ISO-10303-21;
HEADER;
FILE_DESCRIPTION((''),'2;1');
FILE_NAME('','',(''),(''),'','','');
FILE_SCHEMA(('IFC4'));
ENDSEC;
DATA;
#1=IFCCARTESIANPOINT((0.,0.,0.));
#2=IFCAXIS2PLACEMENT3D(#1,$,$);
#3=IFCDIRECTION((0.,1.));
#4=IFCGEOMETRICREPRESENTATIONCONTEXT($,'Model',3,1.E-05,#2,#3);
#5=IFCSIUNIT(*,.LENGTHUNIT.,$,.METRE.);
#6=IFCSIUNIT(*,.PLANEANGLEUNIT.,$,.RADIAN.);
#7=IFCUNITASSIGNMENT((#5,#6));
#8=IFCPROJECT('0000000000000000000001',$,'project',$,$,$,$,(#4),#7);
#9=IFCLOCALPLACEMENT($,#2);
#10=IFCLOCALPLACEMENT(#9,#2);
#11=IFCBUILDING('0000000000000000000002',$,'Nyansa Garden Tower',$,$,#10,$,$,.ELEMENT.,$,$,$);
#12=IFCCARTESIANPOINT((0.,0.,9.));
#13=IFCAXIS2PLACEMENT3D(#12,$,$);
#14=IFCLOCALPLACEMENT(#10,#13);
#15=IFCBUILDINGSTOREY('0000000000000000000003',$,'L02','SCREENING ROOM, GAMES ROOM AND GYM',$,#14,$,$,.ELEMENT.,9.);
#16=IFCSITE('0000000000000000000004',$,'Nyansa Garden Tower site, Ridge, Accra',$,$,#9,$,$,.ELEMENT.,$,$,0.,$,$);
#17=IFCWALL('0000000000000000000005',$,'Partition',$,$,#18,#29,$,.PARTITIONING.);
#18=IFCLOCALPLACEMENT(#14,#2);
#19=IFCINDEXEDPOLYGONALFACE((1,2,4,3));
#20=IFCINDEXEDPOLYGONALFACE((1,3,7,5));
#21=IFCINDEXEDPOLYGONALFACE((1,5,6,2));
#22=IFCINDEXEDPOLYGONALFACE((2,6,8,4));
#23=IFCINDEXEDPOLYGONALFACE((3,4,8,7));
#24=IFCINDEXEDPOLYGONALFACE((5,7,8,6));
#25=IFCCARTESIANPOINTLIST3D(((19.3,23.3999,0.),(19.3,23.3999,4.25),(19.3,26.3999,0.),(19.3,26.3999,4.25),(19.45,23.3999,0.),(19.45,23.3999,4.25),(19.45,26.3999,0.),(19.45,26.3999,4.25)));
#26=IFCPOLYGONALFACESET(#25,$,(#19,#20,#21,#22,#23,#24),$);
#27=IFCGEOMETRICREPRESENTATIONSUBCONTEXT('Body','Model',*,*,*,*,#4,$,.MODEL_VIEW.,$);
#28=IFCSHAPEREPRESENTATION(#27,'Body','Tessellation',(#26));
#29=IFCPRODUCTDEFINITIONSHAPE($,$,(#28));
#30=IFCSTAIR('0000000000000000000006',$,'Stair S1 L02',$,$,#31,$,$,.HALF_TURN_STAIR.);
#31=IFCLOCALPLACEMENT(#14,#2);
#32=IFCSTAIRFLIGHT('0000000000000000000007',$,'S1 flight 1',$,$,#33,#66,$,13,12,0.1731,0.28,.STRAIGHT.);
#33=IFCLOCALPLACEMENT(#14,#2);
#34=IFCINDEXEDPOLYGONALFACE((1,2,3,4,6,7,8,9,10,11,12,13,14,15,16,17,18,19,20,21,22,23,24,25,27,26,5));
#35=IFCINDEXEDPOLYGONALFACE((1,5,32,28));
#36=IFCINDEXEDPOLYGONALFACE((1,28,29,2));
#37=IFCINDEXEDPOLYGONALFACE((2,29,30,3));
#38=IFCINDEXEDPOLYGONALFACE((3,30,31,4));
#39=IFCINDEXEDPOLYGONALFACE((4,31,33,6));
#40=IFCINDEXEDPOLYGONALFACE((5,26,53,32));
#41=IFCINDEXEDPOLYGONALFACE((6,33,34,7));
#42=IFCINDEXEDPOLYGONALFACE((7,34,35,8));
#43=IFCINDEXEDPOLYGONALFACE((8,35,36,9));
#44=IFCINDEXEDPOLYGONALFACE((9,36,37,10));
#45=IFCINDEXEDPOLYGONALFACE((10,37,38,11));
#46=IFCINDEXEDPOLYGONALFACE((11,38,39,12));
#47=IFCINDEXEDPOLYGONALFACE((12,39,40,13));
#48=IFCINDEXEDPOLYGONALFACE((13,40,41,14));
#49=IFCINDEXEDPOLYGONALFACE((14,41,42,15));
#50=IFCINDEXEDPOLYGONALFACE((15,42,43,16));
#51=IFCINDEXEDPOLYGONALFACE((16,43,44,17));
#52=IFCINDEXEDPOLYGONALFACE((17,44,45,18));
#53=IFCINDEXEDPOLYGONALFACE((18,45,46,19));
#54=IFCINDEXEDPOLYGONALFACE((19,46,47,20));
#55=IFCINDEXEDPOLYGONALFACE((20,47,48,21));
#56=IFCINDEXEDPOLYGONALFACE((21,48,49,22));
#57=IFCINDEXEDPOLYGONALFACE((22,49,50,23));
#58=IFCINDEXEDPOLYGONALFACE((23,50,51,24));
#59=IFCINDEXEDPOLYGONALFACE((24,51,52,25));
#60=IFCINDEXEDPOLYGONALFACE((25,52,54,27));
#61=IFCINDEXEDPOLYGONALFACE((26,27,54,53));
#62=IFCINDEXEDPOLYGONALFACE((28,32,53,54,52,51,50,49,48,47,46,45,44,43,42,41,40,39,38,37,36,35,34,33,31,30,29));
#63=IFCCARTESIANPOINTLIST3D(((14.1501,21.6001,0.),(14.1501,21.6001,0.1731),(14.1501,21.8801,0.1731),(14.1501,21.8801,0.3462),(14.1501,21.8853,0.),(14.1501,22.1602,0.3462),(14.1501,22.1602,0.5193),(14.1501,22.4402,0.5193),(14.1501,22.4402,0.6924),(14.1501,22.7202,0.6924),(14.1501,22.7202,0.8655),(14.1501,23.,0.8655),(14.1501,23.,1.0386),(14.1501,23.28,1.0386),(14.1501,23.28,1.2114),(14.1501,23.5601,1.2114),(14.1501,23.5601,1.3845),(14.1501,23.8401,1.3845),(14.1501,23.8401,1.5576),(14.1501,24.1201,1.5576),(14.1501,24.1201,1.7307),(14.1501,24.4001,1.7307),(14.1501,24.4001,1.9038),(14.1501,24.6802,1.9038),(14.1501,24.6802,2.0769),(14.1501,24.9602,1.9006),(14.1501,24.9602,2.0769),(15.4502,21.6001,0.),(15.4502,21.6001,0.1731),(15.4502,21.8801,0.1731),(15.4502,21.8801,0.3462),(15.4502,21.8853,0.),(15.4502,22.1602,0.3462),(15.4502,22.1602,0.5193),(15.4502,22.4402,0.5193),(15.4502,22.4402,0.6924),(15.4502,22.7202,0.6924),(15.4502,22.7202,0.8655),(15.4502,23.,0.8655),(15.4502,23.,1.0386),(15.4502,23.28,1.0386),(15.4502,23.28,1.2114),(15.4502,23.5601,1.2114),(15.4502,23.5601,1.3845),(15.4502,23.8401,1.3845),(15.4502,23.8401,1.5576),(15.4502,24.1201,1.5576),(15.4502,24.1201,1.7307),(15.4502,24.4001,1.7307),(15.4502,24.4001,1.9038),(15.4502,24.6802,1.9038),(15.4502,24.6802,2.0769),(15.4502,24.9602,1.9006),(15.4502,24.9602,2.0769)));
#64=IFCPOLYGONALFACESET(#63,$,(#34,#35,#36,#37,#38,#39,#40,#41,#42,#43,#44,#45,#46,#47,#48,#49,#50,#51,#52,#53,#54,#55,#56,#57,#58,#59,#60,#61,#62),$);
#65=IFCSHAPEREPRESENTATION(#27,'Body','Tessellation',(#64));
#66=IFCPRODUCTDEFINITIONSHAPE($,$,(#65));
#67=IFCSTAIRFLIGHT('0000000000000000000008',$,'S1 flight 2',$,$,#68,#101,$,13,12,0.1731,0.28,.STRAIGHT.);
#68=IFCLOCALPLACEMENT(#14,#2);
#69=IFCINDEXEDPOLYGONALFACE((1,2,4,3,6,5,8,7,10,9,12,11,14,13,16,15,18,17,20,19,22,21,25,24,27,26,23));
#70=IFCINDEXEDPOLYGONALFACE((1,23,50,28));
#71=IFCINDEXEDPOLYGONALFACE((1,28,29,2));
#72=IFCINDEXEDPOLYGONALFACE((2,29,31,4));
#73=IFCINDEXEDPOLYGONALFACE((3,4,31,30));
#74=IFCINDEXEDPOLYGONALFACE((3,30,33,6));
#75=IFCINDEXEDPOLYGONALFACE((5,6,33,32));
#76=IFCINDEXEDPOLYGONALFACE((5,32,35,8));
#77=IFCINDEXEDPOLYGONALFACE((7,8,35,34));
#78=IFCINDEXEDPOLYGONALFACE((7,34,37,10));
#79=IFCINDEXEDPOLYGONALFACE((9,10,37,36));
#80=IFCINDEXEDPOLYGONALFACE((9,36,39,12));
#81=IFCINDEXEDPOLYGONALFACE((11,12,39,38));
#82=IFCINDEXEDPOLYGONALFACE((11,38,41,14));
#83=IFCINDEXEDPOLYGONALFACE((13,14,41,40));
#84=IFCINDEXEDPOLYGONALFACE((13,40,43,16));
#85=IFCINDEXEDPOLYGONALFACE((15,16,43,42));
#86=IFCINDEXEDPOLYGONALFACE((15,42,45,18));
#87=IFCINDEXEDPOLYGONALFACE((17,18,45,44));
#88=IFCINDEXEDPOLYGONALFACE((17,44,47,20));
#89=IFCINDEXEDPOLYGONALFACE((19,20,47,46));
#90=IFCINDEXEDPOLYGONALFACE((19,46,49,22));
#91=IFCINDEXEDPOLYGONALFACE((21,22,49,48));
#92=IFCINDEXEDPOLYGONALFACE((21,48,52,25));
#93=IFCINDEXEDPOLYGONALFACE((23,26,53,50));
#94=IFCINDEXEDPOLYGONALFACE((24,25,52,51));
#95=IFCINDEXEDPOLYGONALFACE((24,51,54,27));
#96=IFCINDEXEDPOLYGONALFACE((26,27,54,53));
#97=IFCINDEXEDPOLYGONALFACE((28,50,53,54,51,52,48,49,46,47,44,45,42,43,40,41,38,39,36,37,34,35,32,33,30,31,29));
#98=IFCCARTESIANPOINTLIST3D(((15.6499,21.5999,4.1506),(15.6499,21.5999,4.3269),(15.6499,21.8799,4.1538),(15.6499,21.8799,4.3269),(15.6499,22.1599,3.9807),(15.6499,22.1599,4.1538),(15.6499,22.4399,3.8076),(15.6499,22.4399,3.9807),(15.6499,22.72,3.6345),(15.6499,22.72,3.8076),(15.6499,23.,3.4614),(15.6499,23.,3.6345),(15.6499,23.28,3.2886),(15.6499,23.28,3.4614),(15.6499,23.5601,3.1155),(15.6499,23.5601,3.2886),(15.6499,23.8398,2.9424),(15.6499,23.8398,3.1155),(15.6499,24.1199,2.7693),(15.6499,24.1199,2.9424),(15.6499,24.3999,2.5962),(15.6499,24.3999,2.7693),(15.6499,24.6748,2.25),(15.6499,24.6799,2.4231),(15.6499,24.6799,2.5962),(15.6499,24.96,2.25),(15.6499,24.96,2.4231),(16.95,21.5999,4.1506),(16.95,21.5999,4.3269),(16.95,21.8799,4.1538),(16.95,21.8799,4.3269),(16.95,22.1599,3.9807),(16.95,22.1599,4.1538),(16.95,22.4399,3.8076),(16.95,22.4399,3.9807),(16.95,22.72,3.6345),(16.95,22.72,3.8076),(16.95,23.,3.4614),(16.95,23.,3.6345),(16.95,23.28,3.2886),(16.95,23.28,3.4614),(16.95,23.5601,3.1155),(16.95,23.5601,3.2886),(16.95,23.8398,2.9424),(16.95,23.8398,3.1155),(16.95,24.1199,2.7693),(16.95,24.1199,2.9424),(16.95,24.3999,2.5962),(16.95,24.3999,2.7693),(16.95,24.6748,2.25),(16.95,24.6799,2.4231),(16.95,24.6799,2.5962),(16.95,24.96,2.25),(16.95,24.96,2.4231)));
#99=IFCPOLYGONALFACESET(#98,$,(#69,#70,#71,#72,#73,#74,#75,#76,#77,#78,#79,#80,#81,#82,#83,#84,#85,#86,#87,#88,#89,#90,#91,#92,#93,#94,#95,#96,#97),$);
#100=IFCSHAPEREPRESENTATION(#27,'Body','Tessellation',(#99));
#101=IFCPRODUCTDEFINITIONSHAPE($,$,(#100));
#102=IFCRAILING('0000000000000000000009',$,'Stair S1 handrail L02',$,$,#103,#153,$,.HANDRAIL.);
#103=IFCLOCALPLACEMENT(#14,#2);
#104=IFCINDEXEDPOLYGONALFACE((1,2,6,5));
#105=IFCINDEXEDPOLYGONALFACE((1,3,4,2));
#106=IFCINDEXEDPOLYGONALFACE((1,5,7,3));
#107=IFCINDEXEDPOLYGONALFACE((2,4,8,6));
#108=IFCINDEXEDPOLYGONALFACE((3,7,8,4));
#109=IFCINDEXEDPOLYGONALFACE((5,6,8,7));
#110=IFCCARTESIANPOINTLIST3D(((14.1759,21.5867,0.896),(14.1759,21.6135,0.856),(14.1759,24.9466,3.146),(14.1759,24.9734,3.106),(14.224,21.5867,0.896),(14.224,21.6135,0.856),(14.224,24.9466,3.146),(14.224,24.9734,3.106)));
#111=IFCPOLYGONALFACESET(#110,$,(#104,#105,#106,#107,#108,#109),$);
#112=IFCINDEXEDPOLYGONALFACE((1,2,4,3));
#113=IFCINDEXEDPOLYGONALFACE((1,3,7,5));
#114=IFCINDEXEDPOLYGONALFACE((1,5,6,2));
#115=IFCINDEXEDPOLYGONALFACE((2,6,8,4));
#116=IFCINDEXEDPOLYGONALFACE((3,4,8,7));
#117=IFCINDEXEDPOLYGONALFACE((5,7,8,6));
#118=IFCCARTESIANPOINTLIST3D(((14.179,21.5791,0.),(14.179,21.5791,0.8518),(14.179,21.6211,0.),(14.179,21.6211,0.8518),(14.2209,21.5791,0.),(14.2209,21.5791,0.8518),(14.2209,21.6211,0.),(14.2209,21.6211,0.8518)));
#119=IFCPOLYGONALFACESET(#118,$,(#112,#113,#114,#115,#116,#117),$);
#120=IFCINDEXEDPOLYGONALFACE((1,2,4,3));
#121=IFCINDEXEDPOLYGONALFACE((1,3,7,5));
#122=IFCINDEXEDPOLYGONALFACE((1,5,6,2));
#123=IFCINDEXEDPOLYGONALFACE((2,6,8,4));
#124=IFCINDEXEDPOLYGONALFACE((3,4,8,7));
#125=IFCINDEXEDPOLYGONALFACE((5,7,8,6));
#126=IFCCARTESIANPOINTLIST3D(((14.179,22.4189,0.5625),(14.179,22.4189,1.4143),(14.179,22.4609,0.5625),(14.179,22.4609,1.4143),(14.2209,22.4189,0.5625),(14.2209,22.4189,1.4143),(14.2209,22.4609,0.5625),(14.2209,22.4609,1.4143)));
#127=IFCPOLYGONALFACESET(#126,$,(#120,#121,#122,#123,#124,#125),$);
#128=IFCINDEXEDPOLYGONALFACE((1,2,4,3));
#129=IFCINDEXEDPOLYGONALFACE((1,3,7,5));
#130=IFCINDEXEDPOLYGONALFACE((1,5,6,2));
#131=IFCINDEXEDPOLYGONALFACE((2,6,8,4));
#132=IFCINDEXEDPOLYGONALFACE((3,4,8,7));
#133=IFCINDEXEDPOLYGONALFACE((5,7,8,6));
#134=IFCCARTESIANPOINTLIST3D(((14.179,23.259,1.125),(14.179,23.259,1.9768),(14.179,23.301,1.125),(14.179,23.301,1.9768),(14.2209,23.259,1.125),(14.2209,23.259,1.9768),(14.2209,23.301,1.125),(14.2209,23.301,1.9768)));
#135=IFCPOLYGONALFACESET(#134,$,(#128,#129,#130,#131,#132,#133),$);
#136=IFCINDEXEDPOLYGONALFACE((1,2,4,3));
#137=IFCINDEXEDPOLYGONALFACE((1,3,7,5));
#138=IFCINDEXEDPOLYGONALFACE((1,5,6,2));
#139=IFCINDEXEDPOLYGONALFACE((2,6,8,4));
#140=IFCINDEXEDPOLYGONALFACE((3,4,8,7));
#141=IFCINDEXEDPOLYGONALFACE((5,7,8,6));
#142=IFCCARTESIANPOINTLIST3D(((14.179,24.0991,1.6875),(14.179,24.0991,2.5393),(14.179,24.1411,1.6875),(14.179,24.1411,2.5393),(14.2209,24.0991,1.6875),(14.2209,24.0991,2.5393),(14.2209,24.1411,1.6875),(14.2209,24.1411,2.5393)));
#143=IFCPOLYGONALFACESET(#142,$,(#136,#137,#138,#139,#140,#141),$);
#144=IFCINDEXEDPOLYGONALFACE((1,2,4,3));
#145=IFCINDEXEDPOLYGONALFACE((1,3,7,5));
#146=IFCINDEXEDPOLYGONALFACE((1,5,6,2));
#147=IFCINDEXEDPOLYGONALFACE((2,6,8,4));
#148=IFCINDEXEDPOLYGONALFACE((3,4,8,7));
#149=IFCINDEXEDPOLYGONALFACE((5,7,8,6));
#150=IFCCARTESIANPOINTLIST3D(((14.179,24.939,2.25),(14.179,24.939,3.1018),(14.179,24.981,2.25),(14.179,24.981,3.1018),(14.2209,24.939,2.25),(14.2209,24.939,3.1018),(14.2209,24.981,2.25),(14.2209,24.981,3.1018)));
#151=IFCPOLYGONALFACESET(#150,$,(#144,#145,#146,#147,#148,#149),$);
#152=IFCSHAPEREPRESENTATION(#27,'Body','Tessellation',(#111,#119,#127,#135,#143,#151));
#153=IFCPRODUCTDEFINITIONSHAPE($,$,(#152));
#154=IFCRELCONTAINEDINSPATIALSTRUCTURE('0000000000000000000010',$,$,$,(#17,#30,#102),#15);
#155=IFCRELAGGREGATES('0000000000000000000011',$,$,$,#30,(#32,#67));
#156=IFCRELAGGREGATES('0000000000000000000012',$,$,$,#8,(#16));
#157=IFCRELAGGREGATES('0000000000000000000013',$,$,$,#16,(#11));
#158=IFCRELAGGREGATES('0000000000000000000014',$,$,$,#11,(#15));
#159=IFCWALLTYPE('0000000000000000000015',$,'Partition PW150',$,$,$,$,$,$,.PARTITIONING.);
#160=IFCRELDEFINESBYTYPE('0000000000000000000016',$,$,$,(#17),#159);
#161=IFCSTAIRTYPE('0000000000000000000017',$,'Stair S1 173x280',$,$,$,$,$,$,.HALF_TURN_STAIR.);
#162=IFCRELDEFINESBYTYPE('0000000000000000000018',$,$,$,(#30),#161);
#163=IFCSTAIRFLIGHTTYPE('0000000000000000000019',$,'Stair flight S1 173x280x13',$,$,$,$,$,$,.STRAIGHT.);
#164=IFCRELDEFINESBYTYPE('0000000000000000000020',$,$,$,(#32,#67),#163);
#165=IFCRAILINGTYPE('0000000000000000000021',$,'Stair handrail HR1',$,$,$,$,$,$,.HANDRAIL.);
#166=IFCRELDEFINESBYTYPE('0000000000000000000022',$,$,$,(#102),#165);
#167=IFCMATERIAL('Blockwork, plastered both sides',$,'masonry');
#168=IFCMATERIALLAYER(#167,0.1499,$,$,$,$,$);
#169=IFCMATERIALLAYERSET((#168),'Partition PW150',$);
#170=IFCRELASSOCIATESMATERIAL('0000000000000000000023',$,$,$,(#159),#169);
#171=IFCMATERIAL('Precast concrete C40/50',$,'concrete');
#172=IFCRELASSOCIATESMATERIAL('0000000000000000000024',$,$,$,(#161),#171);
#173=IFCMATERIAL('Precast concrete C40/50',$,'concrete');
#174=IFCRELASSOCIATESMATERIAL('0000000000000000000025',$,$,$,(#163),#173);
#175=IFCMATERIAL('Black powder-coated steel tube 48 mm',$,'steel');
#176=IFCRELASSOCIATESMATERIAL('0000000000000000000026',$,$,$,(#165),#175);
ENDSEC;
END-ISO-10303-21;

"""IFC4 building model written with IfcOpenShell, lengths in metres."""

from ifc_helpers import new_model, si_unit, direction, frame, frame_2d, origin, origin_2d, place, context, subcontext, project, spatial, polyline, rectangle, outline, extrude, material, layer, layer_set, type_object, element, aggregate, save


model = new_model("IFC4")

# Units and contexts
model_context = context("Model", 3, precision=1e-05, world=origin(), true_north=direction((0.0, 1.0)))
body_context = subcontext(model_context, "Body", "Model", "MODEL_VIEW")
ifc_project = project(units=[si_unit("LENGTHUNIT", "METRE"), si_unit("PLANEANGLEUNIT", "RADIAN")], contexts=[model_context])

# Site, building, storey
site_placement = place(None, origin())
site = spatial("IfcSite", under=ifc_project, at=site_placement, Name="Nyansa Garden Tower site, Ridge, Accra", CompositionType="ELEMENT", RefElevation=0.0)
building_placement = place(site_placement, origin())
building = spatial("IfcBuilding", under=site, at=building_placement, Name="Nyansa Garden Tower", CompositionType="ELEMENT")
storey_placement = place(building_placement, frame((0.0, 0.0, 9.0)))
storey = spatial("IfcBuildingStorey", under=building, at=storey_placement, Name="L02", Description="SCREENING ROOM, GAMES ROOM AND GYM", CompositionType="ELEMENT", Elevation=9.0)

# Shared definitions
ifc_material_1 = material(Name="Blockwork, plastered both sides", Category="masonry")
ifc_layer_1 = layer(ifc_material_1, 0.1499)
ifc_layer_set_1 = layer_set([ifc_layer_1], Name="Partition PW150")
wall_type_1 = type_object("IfcWallType", Name="Partition PW150", PredefinedType="PARTITIONING", material=ifc_layer_set_1)

# Wall
wall_1_placement = place(storey_placement, frame((19.375, 23.3999, 0.0), z_axis=(0.0, 0.0, 1.0), x_axis=(0.0, 1.0, 0.0)))
element("IfcWall", 1, at=wall_1_placement, inside=storey, type_object=wall_type_1, Name="Partition", PredefinedType="PARTITIONING", context=body_context, shape_type="SweptSolid", body=[
    extrude(rectangle(XDim=3.0, YDim=0.1499, at=frame_2d((1.5, 0.0))), origin(), (0.0, 0.0, 1.0), 4.25),
])

# Stair, stair flights
ifc_material_2 = material(Name="Precast concrete C40/50", Category="concrete")
stair_type = type_object("IfcStairType", Name="Stair S1 173x280", PredefinedType="HALF_TURN_STAIR", material=ifc_material_2)
stair_placement = place(storey_placement, origin())
stair = element("IfcStair", 2, at=stair_placement, inside=storey, type_object=stair_type, Name="Stair S1 L02", PredefinedType="HALF_TURN_STAIR")
ifc_material_3 = material(Name="Precast concrete C40/50", Category="concrete")
stair_flight_type = type_object("IfcStairFlightType", Name="Stair flight S1 173x280x13", PredefinedType="STRAIGHT", material=ifc_material_3)
stair_flight_1_placement = place(storey_placement, frame((14.8, 21.6001, 0.0), z_axis=(0.0, 0.0, 1.0), x_axis=(0.0, 1.0, 0.0)))
stair_flight_1 = element("IfcStairFlight", 3, at=stair_flight_1_placement, type_object=stair_flight_type, Name="S1 flight 1", NumberOfRisers=13, NumberOfTreads=12, PredefinedType="STRAIGHT", RiserHeight=0.1731, TreadLength=0.28, context=body_context, shape_type="SweptSolid", body=[
    extrude(outline(polyline([(0.0, 0.0), (0.0, 0.1731), (0.28, 0.1731), (0.28, 0.3462), (0.5601, 0.3462), (0.5601, 0.5193), (0.8401, 0.5193), (0.8401, 0.6924), (1.1201, 0.6924), (1.1201, 0.8655), (1.3999, 0.8655), (1.3999, 1.0386), (1.6799, 1.0386), (1.6799, 1.2114), (1.96, 1.2114), (1.96, 1.3845), (2.24, 1.3845), (2.24, 1.5576), (2.52, 1.5576), (2.52, 1.7307), (2.8, 1.7307), (2.8, 1.9038), (3.0801, 1.9038), (3.0801, 2.0769), (3.3601, 2.0769), (3.3601, 2.25), (3.3601, 1.9006), (0.2852, 0.0), (0.0, 0.0)])), frame((0.0, 0.6499, 0.0), z_axis=(0.0, -1.0, 0.0), x_axis=(1.0, 0.0, 0.0)), (0.0, 0.0, 1.0), 1.3),
])
stair_flight_2_placement = place(storey_placement, frame((16.3, 24.96, 2.25), z_axis=(0.0, 0.0, 1.0), x_axis=(0.0, -1.0, 0.0)))
stair_flight_2 = element("IfcStairFlight", 4, at=stair_flight_2_placement, type_object=stair_flight_type, Name="S1 flight 2", NumberOfRisers=13, NumberOfTreads=12, PredefinedType="STRAIGHT", RiserHeight=0.1731, TreadLength=0.28, context=body_context, shape_type="SweptSolid", body=[
    extrude(outline(polyline([(0.0, 0.0), (0.0, 0.1731), (0.28, 0.1731), (0.28, 0.3462), (0.5601, 0.3462), (0.5601, 0.5193), (0.8401, 0.5193), (0.8401, 0.6924), (1.1201, 0.6924), (1.1201, 0.8655), (1.3999, 0.8655), (1.3999, 1.0386), (1.6799, 1.0386), (1.6799, 1.2114), (1.96, 1.2114), (1.96, 1.3845), (2.24, 1.3845), (2.24, 1.5576), (2.52, 1.5576), (2.52, 1.7307), (2.8, 1.7307), (2.8, 1.9038), (3.0801, 1.9038), (3.0801, 2.0769), (3.3601, 2.0769), (3.3601, 2.25), (3.3601, 1.9006), (0.2852, 0.0), (0.0, 0.0)])), frame((0.0, 0.6499, 0.0), z_axis=(0.0, -1.0, 0.0), x_axis=(1.0, 0.0, 0.0)), (0.0, 0.0, 1.0), 1.3),
])
aggregate(stair, [stair_flight_1, stair_flight_2])

# Railing
ifc_material_4 = material(Name="Black powder-coated steel tube 48 mm", Category="steel")
railing_type = type_object("IfcRailingType", Name="Stair handrail HR1", PredefinedType="HANDRAIL", material=ifc_material_4)
railing_placement = place(storey_placement, frame((14.2, 21.6001, 0.0)))
element("IfcRailing", 5, at=railing_placement, inside=storey, type_object=railing_type, Name="Stair S1 handrail L02", PredefinedType="HANDRAIL", context=body_context, shape_type="SweptSolid", body=[
    extrude(rectangle(XDim=0.0481, YDim=0.0481, at=origin_2d()), frame((0.0, 0.0, 0.876), z_axis=(0.0, 0.830897, 0.556427), x_axis=(-1.0, 0.0, 0.0)), (0.0, 0.0, 1.0), 4.0437),
    extrude(rectangle(XDim=0.042, YDim=0.042, at=origin_2d()), origin(), (0.0, 0.0, 1.0), 0.8518),
    extrude(rectangle(XDim=0.042, YDim=0.042, at=origin_2d()), frame((0.0, 0.8398, 0.5625)), (0.0, 0.0, 1.0), 0.8518),
    extrude(rectangle(XDim=0.042, YDim=0.042, at=origin_2d()), frame((0.0, 1.6799, 1.125)), (0.0, 0.0, 1.0), 0.8518),
    extrude(rectangle(XDim=0.042, YDim=0.042, at=origin_2d()), frame((0.0, 2.52, 1.6875)), (0.0, 0.0, 1.0), 0.8518),
    extrude(rectangle(XDim=0.042, YDim=0.042, at=origin_2d()), frame((0.0, 3.3599, 2.25)), (0.0, 0.0, 1.0), 0.8518),
])

save(model, "model.ifc")
